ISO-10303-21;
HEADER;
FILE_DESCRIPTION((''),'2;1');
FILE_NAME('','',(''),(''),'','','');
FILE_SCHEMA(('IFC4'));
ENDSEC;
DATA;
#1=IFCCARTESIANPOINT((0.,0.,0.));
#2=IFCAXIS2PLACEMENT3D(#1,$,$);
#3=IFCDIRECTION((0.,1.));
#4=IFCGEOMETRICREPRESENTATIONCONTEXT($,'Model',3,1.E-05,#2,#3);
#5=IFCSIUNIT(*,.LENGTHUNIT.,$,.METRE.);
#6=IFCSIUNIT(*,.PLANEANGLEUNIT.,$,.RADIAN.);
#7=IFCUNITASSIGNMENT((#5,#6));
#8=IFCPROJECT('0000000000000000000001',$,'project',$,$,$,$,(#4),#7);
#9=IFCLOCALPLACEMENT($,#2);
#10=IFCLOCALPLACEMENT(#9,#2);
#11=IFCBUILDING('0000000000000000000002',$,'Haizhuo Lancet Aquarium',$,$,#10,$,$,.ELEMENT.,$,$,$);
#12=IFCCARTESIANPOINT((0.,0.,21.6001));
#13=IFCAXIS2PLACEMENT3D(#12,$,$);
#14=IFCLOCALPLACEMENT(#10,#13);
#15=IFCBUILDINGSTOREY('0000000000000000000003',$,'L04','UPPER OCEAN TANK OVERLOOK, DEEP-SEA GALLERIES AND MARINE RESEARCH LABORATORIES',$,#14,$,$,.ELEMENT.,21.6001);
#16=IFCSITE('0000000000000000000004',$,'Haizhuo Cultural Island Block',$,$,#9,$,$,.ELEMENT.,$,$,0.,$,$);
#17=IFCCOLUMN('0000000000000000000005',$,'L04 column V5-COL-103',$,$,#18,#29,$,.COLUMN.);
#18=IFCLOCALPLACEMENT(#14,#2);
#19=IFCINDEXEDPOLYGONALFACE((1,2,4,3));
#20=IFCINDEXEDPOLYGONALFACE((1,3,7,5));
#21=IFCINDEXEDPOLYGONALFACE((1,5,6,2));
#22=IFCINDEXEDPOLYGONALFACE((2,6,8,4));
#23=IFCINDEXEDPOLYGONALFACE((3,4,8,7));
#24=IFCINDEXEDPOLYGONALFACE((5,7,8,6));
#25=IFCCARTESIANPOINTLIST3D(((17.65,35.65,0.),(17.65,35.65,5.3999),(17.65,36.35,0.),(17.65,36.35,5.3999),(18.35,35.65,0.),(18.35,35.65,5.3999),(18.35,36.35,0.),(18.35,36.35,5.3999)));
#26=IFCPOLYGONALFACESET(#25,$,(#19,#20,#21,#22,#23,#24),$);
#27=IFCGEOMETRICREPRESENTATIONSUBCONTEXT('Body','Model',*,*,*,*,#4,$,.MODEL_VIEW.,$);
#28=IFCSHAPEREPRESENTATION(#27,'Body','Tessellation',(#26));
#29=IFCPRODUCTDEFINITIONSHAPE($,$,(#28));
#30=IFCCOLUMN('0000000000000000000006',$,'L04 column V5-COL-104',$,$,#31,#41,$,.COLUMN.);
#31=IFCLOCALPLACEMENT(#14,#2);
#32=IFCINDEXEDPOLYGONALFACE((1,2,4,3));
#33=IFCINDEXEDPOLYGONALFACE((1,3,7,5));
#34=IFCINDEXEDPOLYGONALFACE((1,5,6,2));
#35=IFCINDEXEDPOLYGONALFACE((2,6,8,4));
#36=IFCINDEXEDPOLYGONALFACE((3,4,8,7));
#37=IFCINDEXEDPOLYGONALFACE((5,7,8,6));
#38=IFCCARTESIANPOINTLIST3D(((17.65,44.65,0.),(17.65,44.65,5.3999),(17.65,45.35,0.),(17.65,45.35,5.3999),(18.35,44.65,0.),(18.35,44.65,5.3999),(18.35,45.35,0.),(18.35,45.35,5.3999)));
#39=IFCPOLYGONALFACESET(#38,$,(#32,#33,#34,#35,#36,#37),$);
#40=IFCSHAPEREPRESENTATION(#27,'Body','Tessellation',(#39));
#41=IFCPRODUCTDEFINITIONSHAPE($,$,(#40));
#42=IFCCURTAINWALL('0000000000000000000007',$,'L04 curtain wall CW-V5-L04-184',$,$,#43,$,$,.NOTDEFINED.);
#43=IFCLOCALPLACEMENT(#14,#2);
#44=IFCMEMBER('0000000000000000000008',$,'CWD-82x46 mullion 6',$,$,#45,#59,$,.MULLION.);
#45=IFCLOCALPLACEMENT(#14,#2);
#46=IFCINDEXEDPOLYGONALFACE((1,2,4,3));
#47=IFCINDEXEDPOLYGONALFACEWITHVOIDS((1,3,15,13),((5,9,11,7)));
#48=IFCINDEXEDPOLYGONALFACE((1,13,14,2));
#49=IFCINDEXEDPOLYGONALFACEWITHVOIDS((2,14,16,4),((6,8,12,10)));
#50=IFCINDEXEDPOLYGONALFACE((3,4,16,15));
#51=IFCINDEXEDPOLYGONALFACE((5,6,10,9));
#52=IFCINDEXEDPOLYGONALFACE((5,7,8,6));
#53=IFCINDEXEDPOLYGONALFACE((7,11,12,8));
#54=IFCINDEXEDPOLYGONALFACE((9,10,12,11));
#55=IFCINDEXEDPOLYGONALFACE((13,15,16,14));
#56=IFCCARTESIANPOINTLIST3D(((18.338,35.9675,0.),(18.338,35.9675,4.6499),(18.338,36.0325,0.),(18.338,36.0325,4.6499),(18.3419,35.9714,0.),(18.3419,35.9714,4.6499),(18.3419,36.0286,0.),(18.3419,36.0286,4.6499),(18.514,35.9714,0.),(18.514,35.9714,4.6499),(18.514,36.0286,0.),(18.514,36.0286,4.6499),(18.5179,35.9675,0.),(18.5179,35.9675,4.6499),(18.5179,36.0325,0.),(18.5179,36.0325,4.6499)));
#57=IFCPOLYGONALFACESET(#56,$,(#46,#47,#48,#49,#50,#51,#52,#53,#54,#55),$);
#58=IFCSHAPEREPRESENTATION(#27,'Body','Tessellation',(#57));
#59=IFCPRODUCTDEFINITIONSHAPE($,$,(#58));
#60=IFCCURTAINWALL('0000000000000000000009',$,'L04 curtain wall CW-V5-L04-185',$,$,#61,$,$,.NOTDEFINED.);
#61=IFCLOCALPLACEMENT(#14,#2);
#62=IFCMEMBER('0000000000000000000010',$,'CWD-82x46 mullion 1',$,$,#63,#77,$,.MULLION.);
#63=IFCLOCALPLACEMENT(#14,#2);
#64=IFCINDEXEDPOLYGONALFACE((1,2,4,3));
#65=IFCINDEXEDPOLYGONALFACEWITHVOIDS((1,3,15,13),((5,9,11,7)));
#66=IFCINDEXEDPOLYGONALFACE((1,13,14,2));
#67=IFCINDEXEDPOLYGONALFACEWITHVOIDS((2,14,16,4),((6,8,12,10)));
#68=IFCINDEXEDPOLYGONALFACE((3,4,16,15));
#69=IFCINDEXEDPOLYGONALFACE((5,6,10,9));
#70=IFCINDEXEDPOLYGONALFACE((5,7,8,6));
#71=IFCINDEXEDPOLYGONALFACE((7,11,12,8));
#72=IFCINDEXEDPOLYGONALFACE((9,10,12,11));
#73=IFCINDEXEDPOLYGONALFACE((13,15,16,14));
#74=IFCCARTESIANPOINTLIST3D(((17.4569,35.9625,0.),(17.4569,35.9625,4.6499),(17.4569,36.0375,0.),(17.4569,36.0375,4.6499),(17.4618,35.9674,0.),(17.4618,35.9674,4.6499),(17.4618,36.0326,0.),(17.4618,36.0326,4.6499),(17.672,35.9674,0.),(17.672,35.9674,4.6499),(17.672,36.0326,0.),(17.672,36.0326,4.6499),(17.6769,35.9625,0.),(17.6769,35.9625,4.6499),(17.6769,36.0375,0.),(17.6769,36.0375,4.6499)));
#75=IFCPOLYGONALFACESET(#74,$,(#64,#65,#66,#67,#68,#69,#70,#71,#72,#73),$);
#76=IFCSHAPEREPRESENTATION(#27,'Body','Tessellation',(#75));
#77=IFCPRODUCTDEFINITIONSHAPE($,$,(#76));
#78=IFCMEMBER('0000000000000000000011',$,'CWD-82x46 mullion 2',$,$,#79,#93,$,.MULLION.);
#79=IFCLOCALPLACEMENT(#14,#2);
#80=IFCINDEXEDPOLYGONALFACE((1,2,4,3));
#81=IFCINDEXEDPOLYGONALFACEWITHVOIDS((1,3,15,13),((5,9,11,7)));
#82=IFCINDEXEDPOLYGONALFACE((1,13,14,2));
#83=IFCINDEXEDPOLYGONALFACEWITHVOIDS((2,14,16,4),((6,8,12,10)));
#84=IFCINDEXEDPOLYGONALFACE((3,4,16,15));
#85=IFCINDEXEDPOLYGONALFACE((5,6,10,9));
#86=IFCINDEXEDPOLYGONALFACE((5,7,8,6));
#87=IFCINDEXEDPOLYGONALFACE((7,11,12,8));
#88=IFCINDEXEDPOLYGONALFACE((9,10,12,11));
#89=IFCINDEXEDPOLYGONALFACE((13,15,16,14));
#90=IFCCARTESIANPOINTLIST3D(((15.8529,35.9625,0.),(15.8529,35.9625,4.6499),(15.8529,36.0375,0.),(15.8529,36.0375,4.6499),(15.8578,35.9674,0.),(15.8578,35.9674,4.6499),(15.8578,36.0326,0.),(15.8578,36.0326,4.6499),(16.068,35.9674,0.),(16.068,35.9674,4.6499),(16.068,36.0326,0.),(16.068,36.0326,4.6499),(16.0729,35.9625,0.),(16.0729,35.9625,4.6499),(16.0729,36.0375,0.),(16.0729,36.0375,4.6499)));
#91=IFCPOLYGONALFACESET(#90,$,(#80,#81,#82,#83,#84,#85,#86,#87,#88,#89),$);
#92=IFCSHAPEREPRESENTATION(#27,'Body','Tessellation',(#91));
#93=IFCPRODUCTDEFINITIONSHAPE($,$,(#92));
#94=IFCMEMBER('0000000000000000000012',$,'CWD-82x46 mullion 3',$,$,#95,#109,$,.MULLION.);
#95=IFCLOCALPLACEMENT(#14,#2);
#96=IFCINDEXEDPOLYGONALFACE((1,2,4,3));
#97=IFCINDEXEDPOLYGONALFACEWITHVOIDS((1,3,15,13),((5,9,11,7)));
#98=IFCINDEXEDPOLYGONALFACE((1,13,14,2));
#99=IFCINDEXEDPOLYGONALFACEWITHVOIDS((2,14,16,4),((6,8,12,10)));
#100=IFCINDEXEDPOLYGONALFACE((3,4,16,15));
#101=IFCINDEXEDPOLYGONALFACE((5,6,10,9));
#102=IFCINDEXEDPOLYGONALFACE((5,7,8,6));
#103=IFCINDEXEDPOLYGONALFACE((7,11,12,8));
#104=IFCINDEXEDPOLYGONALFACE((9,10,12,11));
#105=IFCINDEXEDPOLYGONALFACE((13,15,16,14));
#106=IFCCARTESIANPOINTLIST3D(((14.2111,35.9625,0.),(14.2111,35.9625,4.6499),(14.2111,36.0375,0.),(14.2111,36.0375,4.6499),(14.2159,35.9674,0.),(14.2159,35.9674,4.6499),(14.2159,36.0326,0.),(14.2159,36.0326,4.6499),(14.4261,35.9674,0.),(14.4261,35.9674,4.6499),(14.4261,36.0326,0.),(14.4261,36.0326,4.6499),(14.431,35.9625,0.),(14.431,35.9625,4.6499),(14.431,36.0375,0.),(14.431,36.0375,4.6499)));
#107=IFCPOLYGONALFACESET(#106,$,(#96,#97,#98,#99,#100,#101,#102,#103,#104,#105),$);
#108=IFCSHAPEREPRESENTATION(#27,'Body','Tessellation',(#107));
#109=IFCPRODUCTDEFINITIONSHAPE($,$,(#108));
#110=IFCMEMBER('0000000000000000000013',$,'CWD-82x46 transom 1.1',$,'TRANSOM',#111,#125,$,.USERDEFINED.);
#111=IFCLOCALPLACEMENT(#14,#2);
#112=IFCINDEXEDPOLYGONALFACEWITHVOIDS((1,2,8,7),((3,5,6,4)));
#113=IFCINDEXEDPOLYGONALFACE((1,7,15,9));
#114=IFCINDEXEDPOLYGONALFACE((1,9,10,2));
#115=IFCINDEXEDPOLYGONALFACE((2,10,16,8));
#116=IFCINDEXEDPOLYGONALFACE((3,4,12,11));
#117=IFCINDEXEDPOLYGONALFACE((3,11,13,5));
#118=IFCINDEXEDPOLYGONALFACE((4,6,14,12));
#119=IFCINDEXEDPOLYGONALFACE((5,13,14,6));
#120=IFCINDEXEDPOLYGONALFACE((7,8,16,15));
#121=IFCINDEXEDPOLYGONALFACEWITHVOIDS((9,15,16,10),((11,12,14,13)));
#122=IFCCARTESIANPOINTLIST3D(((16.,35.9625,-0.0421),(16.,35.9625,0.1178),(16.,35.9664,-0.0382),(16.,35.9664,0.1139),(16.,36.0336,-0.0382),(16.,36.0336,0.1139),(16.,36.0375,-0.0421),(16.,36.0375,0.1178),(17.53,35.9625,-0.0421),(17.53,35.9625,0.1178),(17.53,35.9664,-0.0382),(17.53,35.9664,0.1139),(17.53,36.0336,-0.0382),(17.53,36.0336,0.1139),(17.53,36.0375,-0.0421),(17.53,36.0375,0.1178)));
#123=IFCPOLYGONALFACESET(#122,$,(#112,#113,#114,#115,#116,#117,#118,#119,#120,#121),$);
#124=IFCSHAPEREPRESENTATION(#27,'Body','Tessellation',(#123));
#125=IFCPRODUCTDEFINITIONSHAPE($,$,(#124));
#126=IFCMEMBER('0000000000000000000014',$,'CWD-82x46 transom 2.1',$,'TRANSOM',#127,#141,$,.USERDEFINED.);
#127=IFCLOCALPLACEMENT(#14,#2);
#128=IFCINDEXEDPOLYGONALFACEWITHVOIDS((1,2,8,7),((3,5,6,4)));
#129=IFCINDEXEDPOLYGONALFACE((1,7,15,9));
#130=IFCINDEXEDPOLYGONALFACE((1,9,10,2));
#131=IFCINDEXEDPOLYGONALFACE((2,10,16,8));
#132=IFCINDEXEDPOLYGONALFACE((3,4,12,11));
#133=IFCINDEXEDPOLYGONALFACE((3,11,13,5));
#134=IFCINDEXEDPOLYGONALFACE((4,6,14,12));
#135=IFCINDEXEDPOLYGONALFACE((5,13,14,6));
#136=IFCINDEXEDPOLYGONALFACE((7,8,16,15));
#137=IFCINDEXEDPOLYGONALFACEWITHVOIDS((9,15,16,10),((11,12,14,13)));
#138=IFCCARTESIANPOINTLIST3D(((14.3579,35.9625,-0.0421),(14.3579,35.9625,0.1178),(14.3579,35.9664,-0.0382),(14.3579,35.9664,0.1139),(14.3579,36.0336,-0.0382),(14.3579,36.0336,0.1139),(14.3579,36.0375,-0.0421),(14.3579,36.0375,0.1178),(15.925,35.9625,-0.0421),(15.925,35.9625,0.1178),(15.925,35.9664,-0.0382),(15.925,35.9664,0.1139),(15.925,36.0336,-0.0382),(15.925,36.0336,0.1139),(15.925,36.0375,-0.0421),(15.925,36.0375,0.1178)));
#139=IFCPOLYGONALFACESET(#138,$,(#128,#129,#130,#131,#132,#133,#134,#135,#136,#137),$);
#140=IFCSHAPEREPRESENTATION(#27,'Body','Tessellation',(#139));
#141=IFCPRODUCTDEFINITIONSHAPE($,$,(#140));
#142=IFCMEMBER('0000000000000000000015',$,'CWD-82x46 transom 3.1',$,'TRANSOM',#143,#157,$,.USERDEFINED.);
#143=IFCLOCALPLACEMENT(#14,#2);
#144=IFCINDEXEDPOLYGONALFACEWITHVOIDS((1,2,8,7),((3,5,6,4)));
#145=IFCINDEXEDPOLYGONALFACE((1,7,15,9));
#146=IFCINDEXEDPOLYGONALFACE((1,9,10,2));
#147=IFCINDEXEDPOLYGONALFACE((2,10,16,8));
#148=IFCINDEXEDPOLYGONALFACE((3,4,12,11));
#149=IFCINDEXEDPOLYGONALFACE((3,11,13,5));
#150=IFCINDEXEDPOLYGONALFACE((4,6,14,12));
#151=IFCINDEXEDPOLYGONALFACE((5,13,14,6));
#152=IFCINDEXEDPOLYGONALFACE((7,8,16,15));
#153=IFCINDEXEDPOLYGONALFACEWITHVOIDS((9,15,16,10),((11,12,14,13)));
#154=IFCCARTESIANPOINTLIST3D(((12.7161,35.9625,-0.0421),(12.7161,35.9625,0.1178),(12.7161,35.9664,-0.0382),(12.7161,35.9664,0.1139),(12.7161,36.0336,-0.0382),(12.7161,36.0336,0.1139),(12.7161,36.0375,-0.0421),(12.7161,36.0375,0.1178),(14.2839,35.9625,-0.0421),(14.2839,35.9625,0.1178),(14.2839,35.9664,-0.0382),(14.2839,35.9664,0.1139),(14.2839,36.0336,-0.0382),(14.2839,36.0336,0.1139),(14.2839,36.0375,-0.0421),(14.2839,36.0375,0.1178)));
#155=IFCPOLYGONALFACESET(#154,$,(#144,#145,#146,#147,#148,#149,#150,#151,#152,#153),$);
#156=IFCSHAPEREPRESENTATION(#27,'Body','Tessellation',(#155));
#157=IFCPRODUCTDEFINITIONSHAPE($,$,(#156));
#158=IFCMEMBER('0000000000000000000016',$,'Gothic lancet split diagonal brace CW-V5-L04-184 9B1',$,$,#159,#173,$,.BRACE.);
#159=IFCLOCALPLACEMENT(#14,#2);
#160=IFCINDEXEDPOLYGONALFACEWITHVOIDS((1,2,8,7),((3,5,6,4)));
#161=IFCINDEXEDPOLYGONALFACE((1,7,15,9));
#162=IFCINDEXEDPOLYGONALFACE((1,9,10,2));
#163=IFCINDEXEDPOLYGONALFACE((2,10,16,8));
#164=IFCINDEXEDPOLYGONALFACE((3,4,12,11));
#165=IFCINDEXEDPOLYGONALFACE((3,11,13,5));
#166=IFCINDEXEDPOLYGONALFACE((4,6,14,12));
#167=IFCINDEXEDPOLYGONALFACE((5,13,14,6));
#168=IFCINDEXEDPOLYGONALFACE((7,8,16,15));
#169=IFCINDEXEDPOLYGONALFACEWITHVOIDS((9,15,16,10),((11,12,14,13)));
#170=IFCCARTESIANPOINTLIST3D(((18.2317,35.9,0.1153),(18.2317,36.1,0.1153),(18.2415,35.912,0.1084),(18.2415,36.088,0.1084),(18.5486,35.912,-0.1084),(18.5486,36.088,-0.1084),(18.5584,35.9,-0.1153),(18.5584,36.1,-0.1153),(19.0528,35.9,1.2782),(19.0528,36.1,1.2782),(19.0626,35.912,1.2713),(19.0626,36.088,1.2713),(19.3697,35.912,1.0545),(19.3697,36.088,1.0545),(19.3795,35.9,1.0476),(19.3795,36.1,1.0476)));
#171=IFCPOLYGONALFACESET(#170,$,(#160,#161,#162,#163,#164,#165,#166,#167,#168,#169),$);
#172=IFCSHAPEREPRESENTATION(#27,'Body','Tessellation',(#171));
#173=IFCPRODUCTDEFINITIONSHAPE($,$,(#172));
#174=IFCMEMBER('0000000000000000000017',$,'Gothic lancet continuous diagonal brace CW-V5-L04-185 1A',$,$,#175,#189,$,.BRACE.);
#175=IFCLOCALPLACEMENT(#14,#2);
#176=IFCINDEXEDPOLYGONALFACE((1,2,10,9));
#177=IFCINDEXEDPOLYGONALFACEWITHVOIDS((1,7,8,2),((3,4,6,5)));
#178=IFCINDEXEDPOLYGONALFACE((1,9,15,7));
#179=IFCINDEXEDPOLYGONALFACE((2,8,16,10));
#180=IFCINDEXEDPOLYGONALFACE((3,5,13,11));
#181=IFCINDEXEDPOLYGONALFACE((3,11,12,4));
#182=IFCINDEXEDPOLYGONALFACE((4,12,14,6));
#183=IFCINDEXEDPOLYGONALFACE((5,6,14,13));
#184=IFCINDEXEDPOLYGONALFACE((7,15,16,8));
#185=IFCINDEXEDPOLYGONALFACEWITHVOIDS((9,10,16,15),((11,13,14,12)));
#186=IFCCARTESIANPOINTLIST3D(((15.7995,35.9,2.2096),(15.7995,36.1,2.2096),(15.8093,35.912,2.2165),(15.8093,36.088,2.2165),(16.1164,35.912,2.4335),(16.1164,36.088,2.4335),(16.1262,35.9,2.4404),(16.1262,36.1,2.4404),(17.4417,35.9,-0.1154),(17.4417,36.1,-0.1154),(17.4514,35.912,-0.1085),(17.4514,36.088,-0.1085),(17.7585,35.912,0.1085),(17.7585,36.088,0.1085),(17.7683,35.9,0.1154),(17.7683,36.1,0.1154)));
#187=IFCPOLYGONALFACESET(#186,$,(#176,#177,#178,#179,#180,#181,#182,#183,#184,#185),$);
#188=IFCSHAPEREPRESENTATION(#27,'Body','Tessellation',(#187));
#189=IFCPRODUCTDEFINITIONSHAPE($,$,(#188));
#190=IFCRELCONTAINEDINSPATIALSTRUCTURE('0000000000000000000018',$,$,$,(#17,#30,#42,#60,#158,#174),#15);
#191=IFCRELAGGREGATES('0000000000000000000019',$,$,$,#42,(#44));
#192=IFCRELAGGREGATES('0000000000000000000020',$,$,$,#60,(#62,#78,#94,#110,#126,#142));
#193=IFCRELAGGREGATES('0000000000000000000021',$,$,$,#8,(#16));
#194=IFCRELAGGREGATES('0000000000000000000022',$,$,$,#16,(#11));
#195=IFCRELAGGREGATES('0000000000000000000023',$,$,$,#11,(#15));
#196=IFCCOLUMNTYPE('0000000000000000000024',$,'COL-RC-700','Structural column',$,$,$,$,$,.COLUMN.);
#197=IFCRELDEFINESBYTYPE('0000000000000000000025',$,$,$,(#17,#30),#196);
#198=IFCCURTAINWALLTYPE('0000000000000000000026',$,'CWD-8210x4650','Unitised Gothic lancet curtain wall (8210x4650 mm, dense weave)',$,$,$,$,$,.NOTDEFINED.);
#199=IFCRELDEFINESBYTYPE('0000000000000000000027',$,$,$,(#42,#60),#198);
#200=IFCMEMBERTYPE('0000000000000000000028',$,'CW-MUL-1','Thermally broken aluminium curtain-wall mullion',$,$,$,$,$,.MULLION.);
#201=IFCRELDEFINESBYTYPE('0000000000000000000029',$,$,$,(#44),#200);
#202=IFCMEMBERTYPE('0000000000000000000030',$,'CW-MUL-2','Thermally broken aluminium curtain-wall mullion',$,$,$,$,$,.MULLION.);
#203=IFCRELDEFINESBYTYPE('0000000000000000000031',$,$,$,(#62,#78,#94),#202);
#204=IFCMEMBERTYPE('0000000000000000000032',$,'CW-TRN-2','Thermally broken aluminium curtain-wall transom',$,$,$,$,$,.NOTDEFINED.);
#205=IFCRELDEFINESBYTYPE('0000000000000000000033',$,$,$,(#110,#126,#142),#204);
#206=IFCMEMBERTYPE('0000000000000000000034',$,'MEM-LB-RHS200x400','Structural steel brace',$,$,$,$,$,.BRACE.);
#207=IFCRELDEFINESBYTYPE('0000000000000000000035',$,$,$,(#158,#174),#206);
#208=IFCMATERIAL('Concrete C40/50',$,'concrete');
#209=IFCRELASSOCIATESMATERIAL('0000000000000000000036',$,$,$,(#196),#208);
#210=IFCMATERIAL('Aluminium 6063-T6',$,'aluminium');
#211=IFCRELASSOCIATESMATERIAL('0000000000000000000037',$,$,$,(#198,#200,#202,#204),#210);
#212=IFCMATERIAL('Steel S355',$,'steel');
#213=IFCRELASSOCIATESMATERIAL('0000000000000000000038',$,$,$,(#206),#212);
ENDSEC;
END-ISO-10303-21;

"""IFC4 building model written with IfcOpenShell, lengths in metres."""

from ifc_helpers import new_model, si_unit, direction, frame, origin, origin_2d, place, context, subcontext, project, spatial, rectangle, hollow_rectangle, extrude, material, material_profile, profile_set, type_object, element, aggregate, save


model = new_model("IFC4")

# Units and contexts
model_context = context("Model", 3, precision=1e-05, world=origin(), true_north=direction((0.0, 1.0)))
body_context = subcontext(model_context, "Body", "Model", "MODEL_VIEW")
ifc_project = project(units=[si_unit("LENGTHUNIT", "METRE"), si_unit("PLANEANGLEUNIT", "RADIAN")], contexts=[model_context])

# Site, building, storey
site_placement = place(None, origin())
site = spatial("IfcSite", under=ifc_project, at=site_placement, Name="Haizhuo Cultural Island Block", CompositionType="ELEMENT", RefElevation=0.0)
building_placement = place(site_placement, origin())
building = spatial("IfcBuilding", under=site, at=building_placement, Name="Haizhuo Lancet Aquarium", CompositionType="ELEMENT")
storey_placement = place(building_placement, frame((0.0, 0.0, 21.6001)))
storey = spatial("IfcBuildingStorey", under=building, at=storey_placement, Name="L04", Description="UPPER OCEAN TANK OVERLOOK, DEEP-SEA GALLERIES AND MARINE RESEARCH LABORATORIES", CompositionType="ELEMENT", Elevation=21.6001)

# Columns
ifc_material_1 = material(Name="Concrete C40/50", Category="concrete")
ifc_material_profile_1 = material_profile(ifc_material_1, rectangle(XDim=0.7, YDim=0.7, at=origin_2d()), Name="RC-COL 700x700")
ifc_profile_set_1 = profile_set([ifc_material_profile_1], Name="Concrete C40/50")
column_type = type_object("IfcColumnType", Name="COL-RC-700", Description="Structural column", PredefinedType="COLUMN", material=ifc_profile_set_1)
for number, where, z_axis, x_axis, name in (
    (1, (18.0, 36.0, 0.0), (0.0, 0.0, 1.0), (1.0, 0.0, 0.0), "L04 column V5-COL-103"),
    (2, (18.0, 45.0, 0.0), (0.0, 0.0, 1.0), (1.0, 0.0, 0.0), "L04 column V5-COL-104"),
):
    element("IfcColumn", number, at=place(storey_placement, frame(where, z_axis=z_axis, x_axis=x_axis)), inside=storey, type_object=column_type, Name=name, PredefinedType="COLUMN", context=body_context, shape_type="SweptSolid", body=[
        extrude(rectangle(XDim=0.7, YDim=0.7, at=origin_2d()), origin(), (0.0, 0.0, 1.0), 5.3999),
    ])

# Curtain wall, member
ifc_material_2 = material(Name="Aluminium 6063-T6", Category="aluminium")
curtain_wall_type = type_object("IfcCurtainWallType", Name="CWD-8210x4650", Description="Unitised Gothic lancet curtain wall (8210x4650 mm, dense weave)", PredefinedType="NOTDEFINED", material=ifc_material_2)
curtain_wall_1_placement = place(storey_placement, origin())
curtain_wall_1 = element("IfcCurtainWall", 3, at=curtain_wall_1_placement, inside=storey, type_object=curtain_wall_type, Name="L04 curtain wall CW-V5-L04-184", PredefinedType="NOTDEFINED")
ifc_material_profile_2 = material_profile(ifc_material_2, hollow_rectangle(XDim=0.0649, YDim=0.1799, WallThickness=0.0039, at=origin_2d()), Name="ALU-M 65x180x4")
ifc_profile_set_2 = profile_set([ifc_material_profile_2], Name="Aluminium 6063-T6")
member_type_1 = type_object("IfcMemberType", Name="CW-MUL-1", Description="Thermally broken aluminium curtain-wall mullion", PredefinedType="MULLION", material=ifc_profile_set_2)
member_1_placement = place(storey_placement, frame((18.428, 36.0, 0.0), z_axis=(0.0, 0.0, 1.0), x_axis=(0.0, -1.0, 0.0)))
member_1 = element("IfcMember", 4, at=member_1_placement, type_object=member_type_1, Name="CWD-82x46 mullion 6", PredefinedType="MULLION", context=body_context, shape_type="SweptSolid", body=[
    extrude(hollow_rectangle(XDim=0.0649, YDim=0.1799, WallThickness=0.0039, at=origin_2d()), origin(), (0.0, 0.0, 1.0), 4.6499),
])
aggregate(curtain_wall_1, [member_1])

# Curtain wall, members
curtain_wall_2_placement = place(storey_placement, origin())
curtain_wall_2 = element("IfcCurtainWall", 5, at=curtain_wall_2_placement, inside=storey, type_object=curtain_wall_type, Name="L04 curtain wall CW-V5-L04-185", PredefinedType="NOTDEFINED")
ifc_material_profile_3 = material_profile(ifc_material_2, hollow_rectangle(XDim=0.075, YDim=0.22, WallThickness=0.0049, at=origin_2d()), Name="ALU-M 75x220x5")
ifc_profile_set_3 = profile_set([ifc_material_profile_3], Name="Aluminium 6063-T6")
member_type_2 = type_object("IfcMemberType", Name="CW-MUL-2", Description="Thermally broken aluminium curtain-wall mullion", PredefinedType="MULLION", material=ifc_profile_set_3)
member_2_placement = place(storey_placement, frame((17.5669, 36.0, 0.0), z_axis=(0.0, 0.0, 1.0), x_axis=(0.0, -1.0, 0.0)))
member_2 = element("IfcMember", 6, at=member_2_placement, type_object=member_type_2, Name="CWD-82x46 mullion 1", PredefinedType="MULLION", context=body_context, shape_type="SweptSolid", body=[
    extrude(hollow_rectangle(XDim=0.075, YDim=0.22, WallThickness=0.0049, at=origin_2d()), origin(), (0.0, 0.0, 1.0), 4.6499),
])
member_3_placement = place(storey_placement, frame((15.9629, 36.0, 0.0), z_axis=(0.0, 0.0, 1.0), x_axis=(0.0, -1.0, 0.0)))
member_3 = element("IfcMember", 7, at=member_3_placement, type_object=member_type_2, Name="CWD-82x46 mullion 2", PredefinedType="MULLION", context=body_context, shape_type="SweptSolid", body=[
    extrude(hollow_rectangle(XDim=0.075, YDim=0.22, WallThickness=0.0049, at=origin_2d()), origin(), (0.0, 0.0, 1.0), 4.6499),
])
member_4_placement = place(storey_placement, frame((14.321, 36.0, 0.0), z_axis=(0.0, 0.0, 1.0), x_axis=(0.0, -1.0, 0.0)))
member_4 = element("IfcMember", 8, at=member_4_placement, type_object=member_type_2, Name="CWD-82x46 mullion 3", PredefinedType="MULLION", context=body_context, shape_type="SweptSolid", body=[
    extrude(hollow_rectangle(XDim=0.075, YDim=0.22, WallThickness=0.0049, at=origin_2d()), origin(), (0.0, 0.0, 1.0), 4.6499),
])
ifc_material_profile_4 = material_profile(ifc_material_2, hollow_rectangle(XDim=0.075, YDim=0.1599, WallThickness=0.0039, at=origin_2d()), Name="ALU-T 75x160x4")
ifc_profile_set_4 = profile_set([ifc_material_profile_4], Name="Aluminium 6063-T6")
member_type_3 = type_object("IfcMemberType", Name="CW-TRN-2", Description="Thermally broken aluminium curtain-wall transom", PredefinedType="NOTDEFINED", material=ifc_profile_set_4)
member_5_placement = place(storey_placement, frame((17.53, 36.0, 0.0378), z_axis=(-1.0, 0.0, 0.0), x_axis=(0.0, -1.0, 0.0)))
member_5 = element("IfcMember", 9, at=member_5_placement, type_object=member_type_3, Name="CWD-82x46 transom 1.1", ObjectType="TRANSOM", PredefinedType="USERDEFINED", context=body_context, shape_type="SweptSolid", body=[
    extrude(hollow_rectangle(XDim=0.075, YDim=0.1599, WallThickness=0.0039, at=origin_2d()), origin(), (0.0, 0.0, 1.0), 1.53),
])
member_6_placement = place(storey_placement, frame((15.925, 36.0, 0.0378), z_axis=(-1.0, 0.0, 0.0), x_axis=(0.0, -1.0, 0.0)))
member_6 = element("IfcMember", 10, at=member_6_placement, type_object=member_type_3, Name="CWD-82x46 transom 2.1", ObjectType="TRANSOM", PredefinedType="USERDEFINED", context=body_context, shape_type="SweptSolid", body=[
    extrude(hollow_rectangle(XDim=0.075, YDim=0.1599, WallThickness=0.0039, at=origin_2d()), origin(), (0.0, 0.0, 1.0), 1.5671),
])
member_7_placement = place(storey_placement, frame((14.2839, 36.0, 0.0378), z_axis=(-1.0, 0.0, 0.0), x_axis=(0.0, -1.0, 0.0)))
member_7 = element("IfcMember", 11, at=member_7_placement, type_object=member_type_3, Name="CWD-82x46 transom 3.1", ObjectType="TRANSOM", PredefinedType="USERDEFINED", context=body_context, shape_type="SweptSolid", body=[
    extrude(hollow_rectangle(XDim=0.075, YDim=0.1599, WallThickness=0.0039, at=origin_2d()), origin(), (0.0, 0.0, 1.0), 1.5679),
])

# Members
ifc_material_3 = material(Name="Steel S355", Category="steel")
ifc_material_profile_5 = material_profile(ifc_material_3, hollow_rectangle(XDim=0.2, YDim=0.3999, WallThickness=0.012, at=origin_2d()), Name="RHS 200x400x12")
ifc_profile_set_5 = profile_set([ifc_material_profile_5], Name="Steel S355")
member_type_4 = type_object("IfcMemberType", Name="MEM-LB-RHS200x400", Description="Structural steel brace", PredefinedType="BRACE", material=ifc_profile_set_5)
member_8_placement = place(storey_placement, frame((18.395, 36.0, 0.0), z_axis=(0.576784, 0.0, 0.816897), x_axis=(0.0, 1.0, 0.0)))
element("IfcMember", 12, at=member_8_placement, inside=storey, type_object=member_type_4, Name="Gothic lancet split diagonal brace CW-V5-L04-184 9B1", PredefinedType="BRACE", context=body_context, shape_type="SweptSolid", body=[
    extrude(hollow_rectangle(XDim=0.2, YDim=0.3999, WallThickness=0.012, at=origin_2d()), origin(), (0.0, 0.0, 1.0), 1.4236),
])
member_9_placement = place(storey_placement, frame((17.605, 36.0, 0.0), z_axis=(-0.576905, 0.0, 0.816811), x_axis=(0.0, -1.0, 0.0)))
element("IfcMember", 13, at=member_9_placement, inside=storey, type_object=member_type_4, Name="Gothic lancet continuous diagonal brace CW-V5-L04-185 1A", PredefinedType="BRACE", context=body_context, shape_type="SweptSolid", body=[
    extrude(hollow_rectangle(XDim=0.2, YDim=0.3999, WallThickness=0.012, at=origin_2d()), origin(), (0.0, 0.0, 1.0), 2.8464),
])

aggregate(curtain_wall_2, [member_2, member_3, member_4, member_5, member_6, member_7])

save(model, "model.ifc")
